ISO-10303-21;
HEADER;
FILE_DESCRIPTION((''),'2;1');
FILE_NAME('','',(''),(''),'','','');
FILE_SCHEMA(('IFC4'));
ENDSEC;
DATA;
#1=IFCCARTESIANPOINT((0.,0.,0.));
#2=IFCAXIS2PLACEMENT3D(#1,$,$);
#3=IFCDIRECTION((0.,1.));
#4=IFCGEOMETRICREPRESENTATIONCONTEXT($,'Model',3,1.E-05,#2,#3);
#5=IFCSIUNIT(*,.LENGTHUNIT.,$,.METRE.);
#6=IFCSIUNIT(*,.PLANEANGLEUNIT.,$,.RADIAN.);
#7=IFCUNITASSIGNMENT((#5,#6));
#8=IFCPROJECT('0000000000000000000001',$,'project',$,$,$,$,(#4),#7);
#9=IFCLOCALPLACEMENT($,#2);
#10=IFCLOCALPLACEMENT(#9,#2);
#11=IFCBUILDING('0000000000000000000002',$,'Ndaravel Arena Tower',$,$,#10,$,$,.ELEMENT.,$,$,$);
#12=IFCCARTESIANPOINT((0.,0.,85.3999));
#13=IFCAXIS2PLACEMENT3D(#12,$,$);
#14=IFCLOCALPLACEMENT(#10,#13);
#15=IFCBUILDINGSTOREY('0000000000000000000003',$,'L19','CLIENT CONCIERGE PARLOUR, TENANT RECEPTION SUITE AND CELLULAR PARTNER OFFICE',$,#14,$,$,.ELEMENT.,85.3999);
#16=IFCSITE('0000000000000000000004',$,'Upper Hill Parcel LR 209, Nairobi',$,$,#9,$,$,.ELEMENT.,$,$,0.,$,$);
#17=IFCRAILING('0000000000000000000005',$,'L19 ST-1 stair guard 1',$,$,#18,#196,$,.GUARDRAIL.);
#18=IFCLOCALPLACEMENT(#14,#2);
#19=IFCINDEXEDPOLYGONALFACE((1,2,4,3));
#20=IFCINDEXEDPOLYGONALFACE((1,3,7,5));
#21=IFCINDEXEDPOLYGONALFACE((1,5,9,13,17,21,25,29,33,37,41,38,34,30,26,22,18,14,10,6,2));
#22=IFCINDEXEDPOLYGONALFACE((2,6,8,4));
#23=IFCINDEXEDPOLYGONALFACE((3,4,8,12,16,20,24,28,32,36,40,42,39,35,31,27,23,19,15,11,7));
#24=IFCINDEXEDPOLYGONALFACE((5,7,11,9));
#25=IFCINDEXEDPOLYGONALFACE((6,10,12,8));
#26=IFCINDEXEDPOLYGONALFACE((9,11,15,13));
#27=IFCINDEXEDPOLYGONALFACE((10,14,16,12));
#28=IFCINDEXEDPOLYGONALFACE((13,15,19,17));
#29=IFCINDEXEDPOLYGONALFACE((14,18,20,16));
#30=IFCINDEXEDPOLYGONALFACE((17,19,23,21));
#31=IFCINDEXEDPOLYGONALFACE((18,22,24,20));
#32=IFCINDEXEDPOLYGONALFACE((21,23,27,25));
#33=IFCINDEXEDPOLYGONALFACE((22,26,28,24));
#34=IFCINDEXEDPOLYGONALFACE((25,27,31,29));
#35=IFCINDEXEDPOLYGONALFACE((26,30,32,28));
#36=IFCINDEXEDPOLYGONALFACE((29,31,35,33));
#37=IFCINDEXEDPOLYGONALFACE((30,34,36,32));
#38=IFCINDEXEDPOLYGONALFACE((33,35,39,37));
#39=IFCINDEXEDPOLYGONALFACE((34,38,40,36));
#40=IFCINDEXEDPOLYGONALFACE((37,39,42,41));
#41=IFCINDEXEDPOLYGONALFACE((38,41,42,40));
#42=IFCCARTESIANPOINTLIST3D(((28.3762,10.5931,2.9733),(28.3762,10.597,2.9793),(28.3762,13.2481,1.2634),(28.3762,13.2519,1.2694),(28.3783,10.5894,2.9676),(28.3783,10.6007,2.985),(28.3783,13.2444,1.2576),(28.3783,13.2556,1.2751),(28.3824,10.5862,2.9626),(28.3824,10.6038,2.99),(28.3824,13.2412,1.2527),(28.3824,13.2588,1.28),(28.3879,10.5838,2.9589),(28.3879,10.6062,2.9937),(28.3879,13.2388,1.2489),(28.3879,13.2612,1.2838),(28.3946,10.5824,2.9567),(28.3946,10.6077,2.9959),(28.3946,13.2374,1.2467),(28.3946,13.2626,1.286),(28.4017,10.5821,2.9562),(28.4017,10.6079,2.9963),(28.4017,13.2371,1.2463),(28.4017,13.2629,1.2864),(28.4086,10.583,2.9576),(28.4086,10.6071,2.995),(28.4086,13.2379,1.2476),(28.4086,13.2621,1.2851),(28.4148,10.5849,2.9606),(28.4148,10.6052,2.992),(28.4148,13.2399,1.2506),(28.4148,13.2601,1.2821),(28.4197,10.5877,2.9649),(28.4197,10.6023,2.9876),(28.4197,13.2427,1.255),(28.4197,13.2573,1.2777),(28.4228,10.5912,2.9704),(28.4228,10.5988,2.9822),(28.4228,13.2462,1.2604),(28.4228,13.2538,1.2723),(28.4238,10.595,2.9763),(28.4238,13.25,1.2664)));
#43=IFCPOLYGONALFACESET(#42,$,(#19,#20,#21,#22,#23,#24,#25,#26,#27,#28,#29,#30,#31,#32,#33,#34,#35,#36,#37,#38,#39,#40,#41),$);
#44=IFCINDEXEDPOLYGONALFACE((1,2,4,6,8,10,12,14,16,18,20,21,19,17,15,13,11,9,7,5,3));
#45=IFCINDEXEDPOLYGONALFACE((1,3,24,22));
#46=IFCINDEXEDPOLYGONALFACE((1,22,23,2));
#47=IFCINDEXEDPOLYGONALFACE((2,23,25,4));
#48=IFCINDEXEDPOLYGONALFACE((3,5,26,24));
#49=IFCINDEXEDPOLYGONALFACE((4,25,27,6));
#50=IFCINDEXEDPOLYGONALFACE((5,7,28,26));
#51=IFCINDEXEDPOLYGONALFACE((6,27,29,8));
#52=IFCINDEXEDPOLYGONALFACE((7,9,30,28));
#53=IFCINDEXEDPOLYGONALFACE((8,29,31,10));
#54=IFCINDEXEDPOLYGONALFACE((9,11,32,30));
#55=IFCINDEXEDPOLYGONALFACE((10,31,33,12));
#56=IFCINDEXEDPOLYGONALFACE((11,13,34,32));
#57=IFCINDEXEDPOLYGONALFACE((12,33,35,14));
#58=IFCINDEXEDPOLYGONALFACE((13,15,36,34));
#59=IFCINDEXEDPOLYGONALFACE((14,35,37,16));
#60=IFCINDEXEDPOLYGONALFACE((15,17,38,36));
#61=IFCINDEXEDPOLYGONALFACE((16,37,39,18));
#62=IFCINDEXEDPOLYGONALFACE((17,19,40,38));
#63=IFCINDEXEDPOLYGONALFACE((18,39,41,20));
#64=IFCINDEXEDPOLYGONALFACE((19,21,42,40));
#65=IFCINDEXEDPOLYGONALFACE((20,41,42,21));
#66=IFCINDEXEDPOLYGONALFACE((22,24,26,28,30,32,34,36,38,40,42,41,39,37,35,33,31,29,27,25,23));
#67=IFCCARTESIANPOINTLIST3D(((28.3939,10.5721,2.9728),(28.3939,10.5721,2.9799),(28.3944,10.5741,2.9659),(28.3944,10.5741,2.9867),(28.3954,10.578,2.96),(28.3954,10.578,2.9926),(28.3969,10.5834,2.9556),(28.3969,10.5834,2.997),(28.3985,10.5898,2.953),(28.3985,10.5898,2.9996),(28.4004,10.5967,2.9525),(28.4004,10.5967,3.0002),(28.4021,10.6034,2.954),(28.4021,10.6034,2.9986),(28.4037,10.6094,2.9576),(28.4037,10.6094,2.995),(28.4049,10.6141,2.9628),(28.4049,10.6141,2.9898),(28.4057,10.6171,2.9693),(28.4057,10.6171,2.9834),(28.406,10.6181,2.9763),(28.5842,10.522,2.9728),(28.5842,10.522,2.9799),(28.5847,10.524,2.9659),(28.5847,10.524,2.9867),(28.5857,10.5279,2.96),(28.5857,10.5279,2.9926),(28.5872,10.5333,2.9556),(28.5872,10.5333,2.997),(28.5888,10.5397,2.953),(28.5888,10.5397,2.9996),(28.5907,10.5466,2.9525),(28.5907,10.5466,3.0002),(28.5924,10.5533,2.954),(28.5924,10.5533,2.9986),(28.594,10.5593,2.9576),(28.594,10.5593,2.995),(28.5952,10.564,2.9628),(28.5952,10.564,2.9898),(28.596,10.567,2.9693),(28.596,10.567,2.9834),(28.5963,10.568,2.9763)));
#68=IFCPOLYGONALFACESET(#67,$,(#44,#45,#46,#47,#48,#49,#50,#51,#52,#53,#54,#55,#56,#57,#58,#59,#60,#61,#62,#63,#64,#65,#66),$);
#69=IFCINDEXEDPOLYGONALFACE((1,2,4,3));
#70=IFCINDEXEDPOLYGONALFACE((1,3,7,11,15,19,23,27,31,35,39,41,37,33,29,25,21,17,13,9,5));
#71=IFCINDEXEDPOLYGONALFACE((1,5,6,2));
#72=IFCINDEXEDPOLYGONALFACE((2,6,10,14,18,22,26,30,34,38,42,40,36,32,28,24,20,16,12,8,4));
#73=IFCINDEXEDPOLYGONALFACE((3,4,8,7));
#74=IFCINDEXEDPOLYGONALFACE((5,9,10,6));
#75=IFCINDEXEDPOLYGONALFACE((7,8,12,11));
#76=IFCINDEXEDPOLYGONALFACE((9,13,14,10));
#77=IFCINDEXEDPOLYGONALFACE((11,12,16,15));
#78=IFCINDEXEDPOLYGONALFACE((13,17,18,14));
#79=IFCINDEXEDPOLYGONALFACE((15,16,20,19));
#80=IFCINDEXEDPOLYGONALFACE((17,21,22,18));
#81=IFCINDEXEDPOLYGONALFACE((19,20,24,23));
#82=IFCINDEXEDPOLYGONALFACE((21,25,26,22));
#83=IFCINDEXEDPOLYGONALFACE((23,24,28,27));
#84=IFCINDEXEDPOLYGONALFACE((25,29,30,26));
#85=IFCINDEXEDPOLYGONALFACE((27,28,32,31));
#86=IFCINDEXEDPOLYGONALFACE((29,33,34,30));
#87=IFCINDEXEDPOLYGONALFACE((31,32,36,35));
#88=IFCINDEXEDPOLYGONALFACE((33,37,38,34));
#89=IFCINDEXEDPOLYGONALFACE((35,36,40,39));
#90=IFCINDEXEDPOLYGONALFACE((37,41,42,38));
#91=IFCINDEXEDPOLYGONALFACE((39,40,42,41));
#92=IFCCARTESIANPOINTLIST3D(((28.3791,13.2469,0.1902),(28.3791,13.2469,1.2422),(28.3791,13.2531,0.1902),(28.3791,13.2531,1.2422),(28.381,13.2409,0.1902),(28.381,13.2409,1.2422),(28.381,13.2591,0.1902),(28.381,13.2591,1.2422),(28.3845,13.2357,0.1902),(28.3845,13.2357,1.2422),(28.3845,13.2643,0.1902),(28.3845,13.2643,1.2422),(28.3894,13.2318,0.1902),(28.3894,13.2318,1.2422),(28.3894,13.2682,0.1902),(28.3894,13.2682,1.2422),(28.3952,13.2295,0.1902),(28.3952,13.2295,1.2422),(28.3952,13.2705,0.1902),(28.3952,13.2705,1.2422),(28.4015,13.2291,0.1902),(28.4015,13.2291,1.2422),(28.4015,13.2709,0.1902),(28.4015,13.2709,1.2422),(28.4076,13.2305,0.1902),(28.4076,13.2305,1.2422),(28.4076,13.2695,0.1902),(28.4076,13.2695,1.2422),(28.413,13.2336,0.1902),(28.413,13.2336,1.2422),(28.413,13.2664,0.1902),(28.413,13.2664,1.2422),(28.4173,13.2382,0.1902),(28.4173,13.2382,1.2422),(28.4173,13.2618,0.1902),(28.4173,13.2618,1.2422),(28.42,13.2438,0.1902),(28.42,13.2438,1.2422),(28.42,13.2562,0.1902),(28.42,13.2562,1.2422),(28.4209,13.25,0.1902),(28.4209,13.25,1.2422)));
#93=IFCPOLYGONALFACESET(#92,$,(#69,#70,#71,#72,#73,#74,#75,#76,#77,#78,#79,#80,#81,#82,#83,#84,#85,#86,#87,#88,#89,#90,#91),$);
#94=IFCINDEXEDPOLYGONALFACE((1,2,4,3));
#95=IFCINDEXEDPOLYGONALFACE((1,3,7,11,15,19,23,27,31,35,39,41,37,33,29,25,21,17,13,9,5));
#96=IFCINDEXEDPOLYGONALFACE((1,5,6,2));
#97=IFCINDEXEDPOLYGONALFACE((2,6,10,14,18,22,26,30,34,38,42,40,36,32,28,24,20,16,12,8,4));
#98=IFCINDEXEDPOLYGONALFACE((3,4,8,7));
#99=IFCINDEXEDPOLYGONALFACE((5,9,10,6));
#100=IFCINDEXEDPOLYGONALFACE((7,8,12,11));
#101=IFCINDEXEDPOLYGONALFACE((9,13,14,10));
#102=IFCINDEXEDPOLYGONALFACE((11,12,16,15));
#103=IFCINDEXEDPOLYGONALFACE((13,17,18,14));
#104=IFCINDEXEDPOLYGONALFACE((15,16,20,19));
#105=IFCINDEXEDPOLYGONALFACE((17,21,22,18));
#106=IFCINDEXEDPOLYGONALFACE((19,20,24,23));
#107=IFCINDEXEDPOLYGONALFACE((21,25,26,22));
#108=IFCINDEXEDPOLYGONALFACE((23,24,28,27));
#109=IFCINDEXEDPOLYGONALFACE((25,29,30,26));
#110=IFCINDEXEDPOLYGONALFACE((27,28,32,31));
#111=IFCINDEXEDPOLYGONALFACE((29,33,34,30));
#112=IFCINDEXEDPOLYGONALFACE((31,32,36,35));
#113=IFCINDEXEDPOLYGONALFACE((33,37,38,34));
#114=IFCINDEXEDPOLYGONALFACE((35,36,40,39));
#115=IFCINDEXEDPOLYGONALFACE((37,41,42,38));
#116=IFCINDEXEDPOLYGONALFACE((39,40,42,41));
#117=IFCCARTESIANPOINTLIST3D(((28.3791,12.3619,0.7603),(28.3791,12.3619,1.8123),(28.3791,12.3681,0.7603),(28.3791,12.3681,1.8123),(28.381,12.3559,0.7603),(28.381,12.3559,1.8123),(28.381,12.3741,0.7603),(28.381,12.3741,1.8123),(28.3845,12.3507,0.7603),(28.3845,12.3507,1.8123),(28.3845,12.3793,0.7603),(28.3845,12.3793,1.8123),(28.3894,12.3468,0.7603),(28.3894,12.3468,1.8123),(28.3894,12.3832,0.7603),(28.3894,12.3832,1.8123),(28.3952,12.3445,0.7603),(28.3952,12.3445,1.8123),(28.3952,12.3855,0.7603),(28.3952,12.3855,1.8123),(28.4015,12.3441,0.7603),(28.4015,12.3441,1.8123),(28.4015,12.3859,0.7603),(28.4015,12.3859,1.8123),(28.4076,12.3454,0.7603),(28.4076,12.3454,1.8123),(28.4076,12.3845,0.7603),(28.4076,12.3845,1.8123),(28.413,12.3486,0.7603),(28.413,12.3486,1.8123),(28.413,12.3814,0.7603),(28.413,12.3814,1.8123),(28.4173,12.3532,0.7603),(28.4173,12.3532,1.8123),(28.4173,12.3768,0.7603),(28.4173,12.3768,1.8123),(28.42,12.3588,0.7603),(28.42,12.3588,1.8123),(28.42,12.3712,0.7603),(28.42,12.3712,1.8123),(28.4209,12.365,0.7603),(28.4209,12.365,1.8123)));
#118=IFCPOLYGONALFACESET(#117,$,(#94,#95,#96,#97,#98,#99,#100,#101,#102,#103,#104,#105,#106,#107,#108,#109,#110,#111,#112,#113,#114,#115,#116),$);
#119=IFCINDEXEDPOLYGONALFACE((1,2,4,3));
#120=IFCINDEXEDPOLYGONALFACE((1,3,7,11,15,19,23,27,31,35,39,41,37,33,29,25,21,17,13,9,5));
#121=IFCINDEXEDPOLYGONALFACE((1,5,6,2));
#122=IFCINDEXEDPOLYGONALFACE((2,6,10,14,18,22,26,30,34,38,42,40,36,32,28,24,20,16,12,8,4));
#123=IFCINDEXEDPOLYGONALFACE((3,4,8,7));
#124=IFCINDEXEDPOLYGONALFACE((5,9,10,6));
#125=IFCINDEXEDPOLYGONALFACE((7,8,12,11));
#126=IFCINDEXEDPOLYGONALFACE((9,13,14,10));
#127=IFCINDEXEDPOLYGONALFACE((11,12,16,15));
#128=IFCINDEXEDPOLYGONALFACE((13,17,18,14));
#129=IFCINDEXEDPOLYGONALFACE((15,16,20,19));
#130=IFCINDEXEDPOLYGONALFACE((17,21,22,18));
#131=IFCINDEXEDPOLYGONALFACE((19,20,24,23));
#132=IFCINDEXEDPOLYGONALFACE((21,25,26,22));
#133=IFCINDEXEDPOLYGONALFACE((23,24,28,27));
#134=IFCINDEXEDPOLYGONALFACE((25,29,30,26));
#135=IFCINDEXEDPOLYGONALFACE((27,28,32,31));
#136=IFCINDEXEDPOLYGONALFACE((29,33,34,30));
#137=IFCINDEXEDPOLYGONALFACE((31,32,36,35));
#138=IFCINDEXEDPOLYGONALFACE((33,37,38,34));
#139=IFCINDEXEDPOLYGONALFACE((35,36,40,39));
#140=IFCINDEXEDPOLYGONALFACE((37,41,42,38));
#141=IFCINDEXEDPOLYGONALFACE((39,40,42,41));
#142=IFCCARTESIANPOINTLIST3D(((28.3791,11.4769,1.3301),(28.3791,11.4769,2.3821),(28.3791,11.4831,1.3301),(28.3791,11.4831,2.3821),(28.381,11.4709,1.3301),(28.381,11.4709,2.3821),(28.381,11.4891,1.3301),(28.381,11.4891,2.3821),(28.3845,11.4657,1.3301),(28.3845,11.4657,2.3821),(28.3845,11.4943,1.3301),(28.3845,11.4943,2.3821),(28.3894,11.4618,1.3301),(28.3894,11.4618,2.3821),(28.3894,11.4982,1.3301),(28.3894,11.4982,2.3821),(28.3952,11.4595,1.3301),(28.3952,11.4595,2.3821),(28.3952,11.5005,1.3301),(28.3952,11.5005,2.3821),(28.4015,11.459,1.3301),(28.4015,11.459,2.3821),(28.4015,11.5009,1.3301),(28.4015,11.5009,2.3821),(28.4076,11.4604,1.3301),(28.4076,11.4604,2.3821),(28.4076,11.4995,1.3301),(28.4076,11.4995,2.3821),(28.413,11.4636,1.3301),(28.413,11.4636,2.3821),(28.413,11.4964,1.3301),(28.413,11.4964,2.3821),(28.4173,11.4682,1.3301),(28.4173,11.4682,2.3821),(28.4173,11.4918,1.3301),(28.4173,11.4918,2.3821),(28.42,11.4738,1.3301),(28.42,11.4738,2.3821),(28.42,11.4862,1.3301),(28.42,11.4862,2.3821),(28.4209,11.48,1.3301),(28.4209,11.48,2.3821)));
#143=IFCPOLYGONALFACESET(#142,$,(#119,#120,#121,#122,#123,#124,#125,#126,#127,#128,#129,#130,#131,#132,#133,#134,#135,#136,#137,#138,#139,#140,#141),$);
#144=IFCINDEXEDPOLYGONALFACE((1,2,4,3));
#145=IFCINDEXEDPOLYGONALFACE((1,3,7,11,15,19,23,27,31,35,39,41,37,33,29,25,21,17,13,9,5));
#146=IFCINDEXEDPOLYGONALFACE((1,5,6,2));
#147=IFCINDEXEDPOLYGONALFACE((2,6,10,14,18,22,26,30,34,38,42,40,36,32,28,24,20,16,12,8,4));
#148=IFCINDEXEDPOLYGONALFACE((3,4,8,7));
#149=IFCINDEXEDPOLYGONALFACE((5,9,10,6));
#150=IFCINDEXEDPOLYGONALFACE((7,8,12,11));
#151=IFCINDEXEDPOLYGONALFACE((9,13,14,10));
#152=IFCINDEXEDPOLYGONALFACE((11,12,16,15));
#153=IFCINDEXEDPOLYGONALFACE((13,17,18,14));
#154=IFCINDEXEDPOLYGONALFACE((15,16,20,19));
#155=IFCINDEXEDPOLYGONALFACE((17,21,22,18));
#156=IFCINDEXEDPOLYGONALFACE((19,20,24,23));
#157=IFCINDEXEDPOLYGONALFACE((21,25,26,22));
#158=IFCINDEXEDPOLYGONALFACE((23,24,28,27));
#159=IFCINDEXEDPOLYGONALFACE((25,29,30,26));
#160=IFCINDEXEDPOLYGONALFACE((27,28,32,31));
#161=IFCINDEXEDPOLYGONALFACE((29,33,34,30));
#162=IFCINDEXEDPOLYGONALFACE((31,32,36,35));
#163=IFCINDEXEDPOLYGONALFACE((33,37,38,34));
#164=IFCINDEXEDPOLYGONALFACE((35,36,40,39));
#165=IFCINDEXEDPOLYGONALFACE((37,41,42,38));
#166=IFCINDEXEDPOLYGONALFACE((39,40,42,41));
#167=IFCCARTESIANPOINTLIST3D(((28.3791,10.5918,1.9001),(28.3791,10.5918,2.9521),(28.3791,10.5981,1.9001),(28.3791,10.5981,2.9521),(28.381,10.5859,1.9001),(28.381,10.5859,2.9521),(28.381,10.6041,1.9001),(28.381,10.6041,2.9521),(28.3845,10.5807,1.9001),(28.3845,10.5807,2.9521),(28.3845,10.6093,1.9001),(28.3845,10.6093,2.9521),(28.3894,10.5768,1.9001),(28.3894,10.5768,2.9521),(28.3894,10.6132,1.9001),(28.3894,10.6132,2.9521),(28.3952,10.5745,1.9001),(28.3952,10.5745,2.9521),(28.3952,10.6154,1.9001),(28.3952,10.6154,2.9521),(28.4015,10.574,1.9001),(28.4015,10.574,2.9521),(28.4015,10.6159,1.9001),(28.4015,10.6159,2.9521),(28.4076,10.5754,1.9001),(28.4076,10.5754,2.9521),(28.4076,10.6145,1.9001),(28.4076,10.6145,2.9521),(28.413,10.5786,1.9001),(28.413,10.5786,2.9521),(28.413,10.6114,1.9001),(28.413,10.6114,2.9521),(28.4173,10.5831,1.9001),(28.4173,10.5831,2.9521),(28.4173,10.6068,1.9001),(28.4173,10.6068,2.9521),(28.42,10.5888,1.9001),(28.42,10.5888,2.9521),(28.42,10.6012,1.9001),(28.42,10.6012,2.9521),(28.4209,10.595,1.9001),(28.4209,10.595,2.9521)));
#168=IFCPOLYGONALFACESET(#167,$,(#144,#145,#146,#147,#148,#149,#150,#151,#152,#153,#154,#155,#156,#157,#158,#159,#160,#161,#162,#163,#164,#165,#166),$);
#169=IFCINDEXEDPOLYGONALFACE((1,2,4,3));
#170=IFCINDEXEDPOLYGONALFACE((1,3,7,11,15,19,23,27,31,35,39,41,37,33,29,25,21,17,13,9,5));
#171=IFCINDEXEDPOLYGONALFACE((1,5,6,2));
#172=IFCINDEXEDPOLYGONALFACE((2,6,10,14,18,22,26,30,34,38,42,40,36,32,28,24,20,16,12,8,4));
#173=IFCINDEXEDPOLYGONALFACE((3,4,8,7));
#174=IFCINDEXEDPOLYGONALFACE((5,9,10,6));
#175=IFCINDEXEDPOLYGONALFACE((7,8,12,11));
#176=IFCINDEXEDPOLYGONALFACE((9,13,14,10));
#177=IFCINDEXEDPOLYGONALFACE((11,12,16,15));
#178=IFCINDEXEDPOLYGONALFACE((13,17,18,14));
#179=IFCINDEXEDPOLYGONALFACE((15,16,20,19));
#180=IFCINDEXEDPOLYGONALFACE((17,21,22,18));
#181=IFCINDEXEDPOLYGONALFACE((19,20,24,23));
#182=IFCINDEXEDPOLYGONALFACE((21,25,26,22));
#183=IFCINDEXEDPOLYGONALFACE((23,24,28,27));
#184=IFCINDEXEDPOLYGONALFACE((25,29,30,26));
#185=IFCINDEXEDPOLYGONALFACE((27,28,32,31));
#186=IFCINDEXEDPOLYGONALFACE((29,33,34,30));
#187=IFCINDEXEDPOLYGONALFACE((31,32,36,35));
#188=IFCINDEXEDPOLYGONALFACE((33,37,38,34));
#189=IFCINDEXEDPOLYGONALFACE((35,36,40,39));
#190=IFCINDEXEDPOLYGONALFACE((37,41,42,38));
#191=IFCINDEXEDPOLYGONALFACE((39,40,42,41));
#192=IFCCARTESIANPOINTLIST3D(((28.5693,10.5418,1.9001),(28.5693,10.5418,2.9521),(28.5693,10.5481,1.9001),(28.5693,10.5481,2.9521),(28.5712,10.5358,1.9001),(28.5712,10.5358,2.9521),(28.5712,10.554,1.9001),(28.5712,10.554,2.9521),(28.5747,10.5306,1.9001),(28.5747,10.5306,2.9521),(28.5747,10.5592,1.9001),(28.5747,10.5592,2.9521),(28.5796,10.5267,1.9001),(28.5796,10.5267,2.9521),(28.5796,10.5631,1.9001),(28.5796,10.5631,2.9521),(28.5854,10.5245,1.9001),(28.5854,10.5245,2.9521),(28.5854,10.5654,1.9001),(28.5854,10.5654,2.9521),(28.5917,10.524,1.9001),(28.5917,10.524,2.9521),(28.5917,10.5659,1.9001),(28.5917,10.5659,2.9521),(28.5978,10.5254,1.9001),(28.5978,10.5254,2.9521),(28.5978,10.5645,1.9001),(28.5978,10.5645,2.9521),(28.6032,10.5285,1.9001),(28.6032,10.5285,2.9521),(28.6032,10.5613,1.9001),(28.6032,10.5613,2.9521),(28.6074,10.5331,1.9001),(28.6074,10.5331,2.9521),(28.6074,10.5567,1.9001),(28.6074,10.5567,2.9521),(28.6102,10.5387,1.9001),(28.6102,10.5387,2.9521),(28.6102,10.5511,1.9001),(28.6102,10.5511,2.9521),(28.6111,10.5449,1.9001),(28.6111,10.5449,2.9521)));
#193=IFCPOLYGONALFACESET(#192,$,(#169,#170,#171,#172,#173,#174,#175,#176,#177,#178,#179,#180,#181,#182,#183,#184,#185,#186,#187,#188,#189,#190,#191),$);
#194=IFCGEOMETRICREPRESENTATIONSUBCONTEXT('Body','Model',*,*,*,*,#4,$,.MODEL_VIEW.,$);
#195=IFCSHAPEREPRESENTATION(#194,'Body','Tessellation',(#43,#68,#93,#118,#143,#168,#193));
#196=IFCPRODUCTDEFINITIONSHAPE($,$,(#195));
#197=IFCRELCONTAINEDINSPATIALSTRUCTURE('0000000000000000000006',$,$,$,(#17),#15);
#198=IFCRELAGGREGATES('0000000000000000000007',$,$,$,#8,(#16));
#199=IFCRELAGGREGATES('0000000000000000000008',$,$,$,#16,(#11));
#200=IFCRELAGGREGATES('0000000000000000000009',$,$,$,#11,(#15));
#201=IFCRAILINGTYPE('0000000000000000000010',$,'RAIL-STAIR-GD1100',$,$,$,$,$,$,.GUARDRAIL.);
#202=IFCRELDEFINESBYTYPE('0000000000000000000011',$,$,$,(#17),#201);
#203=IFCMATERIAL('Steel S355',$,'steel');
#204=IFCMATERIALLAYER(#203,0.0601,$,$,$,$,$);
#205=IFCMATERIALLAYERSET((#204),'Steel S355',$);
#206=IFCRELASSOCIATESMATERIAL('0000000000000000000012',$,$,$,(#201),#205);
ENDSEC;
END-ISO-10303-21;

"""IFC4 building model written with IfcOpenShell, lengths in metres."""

from ifc_helpers import new_model, si_unit, direction, frame, origin, origin_2d, place, context, subcontext, project, spatial, circle, extrude, material, layer, layer_set, type_object, element, save


model = new_model("IFC4")

# Units and contexts
model_context = context("Model", 3, precision=1e-05, world=origin(), true_north=direction((0.0, 1.0)))
body_context = subcontext(model_context, "Body", "Model", "MODEL_VIEW")
ifc_project = project(units=[si_unit("LENGTHUNIT", "METRE"), si_unit("PLANEANGLEUNIT", "RADIAN")], contexts=[model_context])

# Site, building, storey
site_placement = place(None, origin())
site = spatial("IfcSite", under=ifc_project, at=site_placement, Name="Upper Hill Parcel LR 209, Nairobi", CompositionType="ELEMENT", RefElevation=0.0)
building_placement = place(site_placement, origin())
building = spatial("IfcBuilding", under=site, at=building_placement, Name="Ndaravel Arena Tower", CompositionType="ELEMENT")
storey_placement = place(building_placement, frame((0.0, 0.0, 85.3999)))
storey = spatial("IfcBuildingStorey", under=building, at=storey_placement, Name="L19", Description="CLIENT CONCIERGE PARLOUR, TENANT RECEPTION SUITE AND CELLULAR PARTNER OFFICE", CompositionType="ELEMENT", Elevation=85.3999)

# Railing
ifc_material_1 = material(Name="Steel S355", Category="steel")
ifc_layer_1 = layer(ifc_material_1, 0.0601)
ifc_layer_set_1 = layer_set([ifc_layer_1], Name="Steel S355")
railing_type_1 = type_object("IfcRailingType", Name="RAIL-STAIR-GD1100", PredefinedType="GUARDRAIL", material=ifc_layer_set_1)
railing_1_placement = place(storey_placement, frame((28.3999, 13.25, 0.1902)))
element("IfcRailing", 1, at=railing_1_placement, inside=storey, type_object=railing_type_1, Name="L19 ST-1 stair guard 1", PredefinedType="GUARDRAIL", context=body_context, shape_type="SweptSolid", body=[
    extrude(circle(Radius=0.0239, at=origin_2d()), frame((0.0, 0.0, 1.0762), z_axis=(0.0, -0.840724, 0.541465), x_axis=(1.0, 0.0, 0.0)), (0.0, 0.0, 1.0), 3.158),
    extrude(circle(Radius=0.0239, at=origin_2d()), frame((0.0, -2.655, 2.7861), z_axis=(0.967075, -0.254493, 0.0), x_axis=(0.254493, 0.967075, 0.0)), (0.0, 0.0, 1.0), 0.1968),
    extrude(circle(Radius=0.021, at=origin_2d()), origin(), (0.0, 0.0, 1.0), 1.052),
    extrude(circle(Radius=0.021, at=origin_2d()), frame((0.0, -0.885, 0.5701)), (0.0, 0.0, 1.0), 1.052),
    extrude(circle(Radius=0.021, at=origin_2d()), frame((0.0, -1.77, 1.1399)), (0.0, 0.0, 1.0), 1.052),
    extrude(circle(Radius=0.021, at=origin_2d()), frame((0.0, -2.655, 1.71)), (0.0, 0.0, 1.0), 1.052),
    extrude(circle(Radius=0.021, at=origin_2d()), frame((0.1902, -2.7051, 1.71)), (0.0, 0.0, 1.0), 1.052),
])

save(model, "model.ifc")
